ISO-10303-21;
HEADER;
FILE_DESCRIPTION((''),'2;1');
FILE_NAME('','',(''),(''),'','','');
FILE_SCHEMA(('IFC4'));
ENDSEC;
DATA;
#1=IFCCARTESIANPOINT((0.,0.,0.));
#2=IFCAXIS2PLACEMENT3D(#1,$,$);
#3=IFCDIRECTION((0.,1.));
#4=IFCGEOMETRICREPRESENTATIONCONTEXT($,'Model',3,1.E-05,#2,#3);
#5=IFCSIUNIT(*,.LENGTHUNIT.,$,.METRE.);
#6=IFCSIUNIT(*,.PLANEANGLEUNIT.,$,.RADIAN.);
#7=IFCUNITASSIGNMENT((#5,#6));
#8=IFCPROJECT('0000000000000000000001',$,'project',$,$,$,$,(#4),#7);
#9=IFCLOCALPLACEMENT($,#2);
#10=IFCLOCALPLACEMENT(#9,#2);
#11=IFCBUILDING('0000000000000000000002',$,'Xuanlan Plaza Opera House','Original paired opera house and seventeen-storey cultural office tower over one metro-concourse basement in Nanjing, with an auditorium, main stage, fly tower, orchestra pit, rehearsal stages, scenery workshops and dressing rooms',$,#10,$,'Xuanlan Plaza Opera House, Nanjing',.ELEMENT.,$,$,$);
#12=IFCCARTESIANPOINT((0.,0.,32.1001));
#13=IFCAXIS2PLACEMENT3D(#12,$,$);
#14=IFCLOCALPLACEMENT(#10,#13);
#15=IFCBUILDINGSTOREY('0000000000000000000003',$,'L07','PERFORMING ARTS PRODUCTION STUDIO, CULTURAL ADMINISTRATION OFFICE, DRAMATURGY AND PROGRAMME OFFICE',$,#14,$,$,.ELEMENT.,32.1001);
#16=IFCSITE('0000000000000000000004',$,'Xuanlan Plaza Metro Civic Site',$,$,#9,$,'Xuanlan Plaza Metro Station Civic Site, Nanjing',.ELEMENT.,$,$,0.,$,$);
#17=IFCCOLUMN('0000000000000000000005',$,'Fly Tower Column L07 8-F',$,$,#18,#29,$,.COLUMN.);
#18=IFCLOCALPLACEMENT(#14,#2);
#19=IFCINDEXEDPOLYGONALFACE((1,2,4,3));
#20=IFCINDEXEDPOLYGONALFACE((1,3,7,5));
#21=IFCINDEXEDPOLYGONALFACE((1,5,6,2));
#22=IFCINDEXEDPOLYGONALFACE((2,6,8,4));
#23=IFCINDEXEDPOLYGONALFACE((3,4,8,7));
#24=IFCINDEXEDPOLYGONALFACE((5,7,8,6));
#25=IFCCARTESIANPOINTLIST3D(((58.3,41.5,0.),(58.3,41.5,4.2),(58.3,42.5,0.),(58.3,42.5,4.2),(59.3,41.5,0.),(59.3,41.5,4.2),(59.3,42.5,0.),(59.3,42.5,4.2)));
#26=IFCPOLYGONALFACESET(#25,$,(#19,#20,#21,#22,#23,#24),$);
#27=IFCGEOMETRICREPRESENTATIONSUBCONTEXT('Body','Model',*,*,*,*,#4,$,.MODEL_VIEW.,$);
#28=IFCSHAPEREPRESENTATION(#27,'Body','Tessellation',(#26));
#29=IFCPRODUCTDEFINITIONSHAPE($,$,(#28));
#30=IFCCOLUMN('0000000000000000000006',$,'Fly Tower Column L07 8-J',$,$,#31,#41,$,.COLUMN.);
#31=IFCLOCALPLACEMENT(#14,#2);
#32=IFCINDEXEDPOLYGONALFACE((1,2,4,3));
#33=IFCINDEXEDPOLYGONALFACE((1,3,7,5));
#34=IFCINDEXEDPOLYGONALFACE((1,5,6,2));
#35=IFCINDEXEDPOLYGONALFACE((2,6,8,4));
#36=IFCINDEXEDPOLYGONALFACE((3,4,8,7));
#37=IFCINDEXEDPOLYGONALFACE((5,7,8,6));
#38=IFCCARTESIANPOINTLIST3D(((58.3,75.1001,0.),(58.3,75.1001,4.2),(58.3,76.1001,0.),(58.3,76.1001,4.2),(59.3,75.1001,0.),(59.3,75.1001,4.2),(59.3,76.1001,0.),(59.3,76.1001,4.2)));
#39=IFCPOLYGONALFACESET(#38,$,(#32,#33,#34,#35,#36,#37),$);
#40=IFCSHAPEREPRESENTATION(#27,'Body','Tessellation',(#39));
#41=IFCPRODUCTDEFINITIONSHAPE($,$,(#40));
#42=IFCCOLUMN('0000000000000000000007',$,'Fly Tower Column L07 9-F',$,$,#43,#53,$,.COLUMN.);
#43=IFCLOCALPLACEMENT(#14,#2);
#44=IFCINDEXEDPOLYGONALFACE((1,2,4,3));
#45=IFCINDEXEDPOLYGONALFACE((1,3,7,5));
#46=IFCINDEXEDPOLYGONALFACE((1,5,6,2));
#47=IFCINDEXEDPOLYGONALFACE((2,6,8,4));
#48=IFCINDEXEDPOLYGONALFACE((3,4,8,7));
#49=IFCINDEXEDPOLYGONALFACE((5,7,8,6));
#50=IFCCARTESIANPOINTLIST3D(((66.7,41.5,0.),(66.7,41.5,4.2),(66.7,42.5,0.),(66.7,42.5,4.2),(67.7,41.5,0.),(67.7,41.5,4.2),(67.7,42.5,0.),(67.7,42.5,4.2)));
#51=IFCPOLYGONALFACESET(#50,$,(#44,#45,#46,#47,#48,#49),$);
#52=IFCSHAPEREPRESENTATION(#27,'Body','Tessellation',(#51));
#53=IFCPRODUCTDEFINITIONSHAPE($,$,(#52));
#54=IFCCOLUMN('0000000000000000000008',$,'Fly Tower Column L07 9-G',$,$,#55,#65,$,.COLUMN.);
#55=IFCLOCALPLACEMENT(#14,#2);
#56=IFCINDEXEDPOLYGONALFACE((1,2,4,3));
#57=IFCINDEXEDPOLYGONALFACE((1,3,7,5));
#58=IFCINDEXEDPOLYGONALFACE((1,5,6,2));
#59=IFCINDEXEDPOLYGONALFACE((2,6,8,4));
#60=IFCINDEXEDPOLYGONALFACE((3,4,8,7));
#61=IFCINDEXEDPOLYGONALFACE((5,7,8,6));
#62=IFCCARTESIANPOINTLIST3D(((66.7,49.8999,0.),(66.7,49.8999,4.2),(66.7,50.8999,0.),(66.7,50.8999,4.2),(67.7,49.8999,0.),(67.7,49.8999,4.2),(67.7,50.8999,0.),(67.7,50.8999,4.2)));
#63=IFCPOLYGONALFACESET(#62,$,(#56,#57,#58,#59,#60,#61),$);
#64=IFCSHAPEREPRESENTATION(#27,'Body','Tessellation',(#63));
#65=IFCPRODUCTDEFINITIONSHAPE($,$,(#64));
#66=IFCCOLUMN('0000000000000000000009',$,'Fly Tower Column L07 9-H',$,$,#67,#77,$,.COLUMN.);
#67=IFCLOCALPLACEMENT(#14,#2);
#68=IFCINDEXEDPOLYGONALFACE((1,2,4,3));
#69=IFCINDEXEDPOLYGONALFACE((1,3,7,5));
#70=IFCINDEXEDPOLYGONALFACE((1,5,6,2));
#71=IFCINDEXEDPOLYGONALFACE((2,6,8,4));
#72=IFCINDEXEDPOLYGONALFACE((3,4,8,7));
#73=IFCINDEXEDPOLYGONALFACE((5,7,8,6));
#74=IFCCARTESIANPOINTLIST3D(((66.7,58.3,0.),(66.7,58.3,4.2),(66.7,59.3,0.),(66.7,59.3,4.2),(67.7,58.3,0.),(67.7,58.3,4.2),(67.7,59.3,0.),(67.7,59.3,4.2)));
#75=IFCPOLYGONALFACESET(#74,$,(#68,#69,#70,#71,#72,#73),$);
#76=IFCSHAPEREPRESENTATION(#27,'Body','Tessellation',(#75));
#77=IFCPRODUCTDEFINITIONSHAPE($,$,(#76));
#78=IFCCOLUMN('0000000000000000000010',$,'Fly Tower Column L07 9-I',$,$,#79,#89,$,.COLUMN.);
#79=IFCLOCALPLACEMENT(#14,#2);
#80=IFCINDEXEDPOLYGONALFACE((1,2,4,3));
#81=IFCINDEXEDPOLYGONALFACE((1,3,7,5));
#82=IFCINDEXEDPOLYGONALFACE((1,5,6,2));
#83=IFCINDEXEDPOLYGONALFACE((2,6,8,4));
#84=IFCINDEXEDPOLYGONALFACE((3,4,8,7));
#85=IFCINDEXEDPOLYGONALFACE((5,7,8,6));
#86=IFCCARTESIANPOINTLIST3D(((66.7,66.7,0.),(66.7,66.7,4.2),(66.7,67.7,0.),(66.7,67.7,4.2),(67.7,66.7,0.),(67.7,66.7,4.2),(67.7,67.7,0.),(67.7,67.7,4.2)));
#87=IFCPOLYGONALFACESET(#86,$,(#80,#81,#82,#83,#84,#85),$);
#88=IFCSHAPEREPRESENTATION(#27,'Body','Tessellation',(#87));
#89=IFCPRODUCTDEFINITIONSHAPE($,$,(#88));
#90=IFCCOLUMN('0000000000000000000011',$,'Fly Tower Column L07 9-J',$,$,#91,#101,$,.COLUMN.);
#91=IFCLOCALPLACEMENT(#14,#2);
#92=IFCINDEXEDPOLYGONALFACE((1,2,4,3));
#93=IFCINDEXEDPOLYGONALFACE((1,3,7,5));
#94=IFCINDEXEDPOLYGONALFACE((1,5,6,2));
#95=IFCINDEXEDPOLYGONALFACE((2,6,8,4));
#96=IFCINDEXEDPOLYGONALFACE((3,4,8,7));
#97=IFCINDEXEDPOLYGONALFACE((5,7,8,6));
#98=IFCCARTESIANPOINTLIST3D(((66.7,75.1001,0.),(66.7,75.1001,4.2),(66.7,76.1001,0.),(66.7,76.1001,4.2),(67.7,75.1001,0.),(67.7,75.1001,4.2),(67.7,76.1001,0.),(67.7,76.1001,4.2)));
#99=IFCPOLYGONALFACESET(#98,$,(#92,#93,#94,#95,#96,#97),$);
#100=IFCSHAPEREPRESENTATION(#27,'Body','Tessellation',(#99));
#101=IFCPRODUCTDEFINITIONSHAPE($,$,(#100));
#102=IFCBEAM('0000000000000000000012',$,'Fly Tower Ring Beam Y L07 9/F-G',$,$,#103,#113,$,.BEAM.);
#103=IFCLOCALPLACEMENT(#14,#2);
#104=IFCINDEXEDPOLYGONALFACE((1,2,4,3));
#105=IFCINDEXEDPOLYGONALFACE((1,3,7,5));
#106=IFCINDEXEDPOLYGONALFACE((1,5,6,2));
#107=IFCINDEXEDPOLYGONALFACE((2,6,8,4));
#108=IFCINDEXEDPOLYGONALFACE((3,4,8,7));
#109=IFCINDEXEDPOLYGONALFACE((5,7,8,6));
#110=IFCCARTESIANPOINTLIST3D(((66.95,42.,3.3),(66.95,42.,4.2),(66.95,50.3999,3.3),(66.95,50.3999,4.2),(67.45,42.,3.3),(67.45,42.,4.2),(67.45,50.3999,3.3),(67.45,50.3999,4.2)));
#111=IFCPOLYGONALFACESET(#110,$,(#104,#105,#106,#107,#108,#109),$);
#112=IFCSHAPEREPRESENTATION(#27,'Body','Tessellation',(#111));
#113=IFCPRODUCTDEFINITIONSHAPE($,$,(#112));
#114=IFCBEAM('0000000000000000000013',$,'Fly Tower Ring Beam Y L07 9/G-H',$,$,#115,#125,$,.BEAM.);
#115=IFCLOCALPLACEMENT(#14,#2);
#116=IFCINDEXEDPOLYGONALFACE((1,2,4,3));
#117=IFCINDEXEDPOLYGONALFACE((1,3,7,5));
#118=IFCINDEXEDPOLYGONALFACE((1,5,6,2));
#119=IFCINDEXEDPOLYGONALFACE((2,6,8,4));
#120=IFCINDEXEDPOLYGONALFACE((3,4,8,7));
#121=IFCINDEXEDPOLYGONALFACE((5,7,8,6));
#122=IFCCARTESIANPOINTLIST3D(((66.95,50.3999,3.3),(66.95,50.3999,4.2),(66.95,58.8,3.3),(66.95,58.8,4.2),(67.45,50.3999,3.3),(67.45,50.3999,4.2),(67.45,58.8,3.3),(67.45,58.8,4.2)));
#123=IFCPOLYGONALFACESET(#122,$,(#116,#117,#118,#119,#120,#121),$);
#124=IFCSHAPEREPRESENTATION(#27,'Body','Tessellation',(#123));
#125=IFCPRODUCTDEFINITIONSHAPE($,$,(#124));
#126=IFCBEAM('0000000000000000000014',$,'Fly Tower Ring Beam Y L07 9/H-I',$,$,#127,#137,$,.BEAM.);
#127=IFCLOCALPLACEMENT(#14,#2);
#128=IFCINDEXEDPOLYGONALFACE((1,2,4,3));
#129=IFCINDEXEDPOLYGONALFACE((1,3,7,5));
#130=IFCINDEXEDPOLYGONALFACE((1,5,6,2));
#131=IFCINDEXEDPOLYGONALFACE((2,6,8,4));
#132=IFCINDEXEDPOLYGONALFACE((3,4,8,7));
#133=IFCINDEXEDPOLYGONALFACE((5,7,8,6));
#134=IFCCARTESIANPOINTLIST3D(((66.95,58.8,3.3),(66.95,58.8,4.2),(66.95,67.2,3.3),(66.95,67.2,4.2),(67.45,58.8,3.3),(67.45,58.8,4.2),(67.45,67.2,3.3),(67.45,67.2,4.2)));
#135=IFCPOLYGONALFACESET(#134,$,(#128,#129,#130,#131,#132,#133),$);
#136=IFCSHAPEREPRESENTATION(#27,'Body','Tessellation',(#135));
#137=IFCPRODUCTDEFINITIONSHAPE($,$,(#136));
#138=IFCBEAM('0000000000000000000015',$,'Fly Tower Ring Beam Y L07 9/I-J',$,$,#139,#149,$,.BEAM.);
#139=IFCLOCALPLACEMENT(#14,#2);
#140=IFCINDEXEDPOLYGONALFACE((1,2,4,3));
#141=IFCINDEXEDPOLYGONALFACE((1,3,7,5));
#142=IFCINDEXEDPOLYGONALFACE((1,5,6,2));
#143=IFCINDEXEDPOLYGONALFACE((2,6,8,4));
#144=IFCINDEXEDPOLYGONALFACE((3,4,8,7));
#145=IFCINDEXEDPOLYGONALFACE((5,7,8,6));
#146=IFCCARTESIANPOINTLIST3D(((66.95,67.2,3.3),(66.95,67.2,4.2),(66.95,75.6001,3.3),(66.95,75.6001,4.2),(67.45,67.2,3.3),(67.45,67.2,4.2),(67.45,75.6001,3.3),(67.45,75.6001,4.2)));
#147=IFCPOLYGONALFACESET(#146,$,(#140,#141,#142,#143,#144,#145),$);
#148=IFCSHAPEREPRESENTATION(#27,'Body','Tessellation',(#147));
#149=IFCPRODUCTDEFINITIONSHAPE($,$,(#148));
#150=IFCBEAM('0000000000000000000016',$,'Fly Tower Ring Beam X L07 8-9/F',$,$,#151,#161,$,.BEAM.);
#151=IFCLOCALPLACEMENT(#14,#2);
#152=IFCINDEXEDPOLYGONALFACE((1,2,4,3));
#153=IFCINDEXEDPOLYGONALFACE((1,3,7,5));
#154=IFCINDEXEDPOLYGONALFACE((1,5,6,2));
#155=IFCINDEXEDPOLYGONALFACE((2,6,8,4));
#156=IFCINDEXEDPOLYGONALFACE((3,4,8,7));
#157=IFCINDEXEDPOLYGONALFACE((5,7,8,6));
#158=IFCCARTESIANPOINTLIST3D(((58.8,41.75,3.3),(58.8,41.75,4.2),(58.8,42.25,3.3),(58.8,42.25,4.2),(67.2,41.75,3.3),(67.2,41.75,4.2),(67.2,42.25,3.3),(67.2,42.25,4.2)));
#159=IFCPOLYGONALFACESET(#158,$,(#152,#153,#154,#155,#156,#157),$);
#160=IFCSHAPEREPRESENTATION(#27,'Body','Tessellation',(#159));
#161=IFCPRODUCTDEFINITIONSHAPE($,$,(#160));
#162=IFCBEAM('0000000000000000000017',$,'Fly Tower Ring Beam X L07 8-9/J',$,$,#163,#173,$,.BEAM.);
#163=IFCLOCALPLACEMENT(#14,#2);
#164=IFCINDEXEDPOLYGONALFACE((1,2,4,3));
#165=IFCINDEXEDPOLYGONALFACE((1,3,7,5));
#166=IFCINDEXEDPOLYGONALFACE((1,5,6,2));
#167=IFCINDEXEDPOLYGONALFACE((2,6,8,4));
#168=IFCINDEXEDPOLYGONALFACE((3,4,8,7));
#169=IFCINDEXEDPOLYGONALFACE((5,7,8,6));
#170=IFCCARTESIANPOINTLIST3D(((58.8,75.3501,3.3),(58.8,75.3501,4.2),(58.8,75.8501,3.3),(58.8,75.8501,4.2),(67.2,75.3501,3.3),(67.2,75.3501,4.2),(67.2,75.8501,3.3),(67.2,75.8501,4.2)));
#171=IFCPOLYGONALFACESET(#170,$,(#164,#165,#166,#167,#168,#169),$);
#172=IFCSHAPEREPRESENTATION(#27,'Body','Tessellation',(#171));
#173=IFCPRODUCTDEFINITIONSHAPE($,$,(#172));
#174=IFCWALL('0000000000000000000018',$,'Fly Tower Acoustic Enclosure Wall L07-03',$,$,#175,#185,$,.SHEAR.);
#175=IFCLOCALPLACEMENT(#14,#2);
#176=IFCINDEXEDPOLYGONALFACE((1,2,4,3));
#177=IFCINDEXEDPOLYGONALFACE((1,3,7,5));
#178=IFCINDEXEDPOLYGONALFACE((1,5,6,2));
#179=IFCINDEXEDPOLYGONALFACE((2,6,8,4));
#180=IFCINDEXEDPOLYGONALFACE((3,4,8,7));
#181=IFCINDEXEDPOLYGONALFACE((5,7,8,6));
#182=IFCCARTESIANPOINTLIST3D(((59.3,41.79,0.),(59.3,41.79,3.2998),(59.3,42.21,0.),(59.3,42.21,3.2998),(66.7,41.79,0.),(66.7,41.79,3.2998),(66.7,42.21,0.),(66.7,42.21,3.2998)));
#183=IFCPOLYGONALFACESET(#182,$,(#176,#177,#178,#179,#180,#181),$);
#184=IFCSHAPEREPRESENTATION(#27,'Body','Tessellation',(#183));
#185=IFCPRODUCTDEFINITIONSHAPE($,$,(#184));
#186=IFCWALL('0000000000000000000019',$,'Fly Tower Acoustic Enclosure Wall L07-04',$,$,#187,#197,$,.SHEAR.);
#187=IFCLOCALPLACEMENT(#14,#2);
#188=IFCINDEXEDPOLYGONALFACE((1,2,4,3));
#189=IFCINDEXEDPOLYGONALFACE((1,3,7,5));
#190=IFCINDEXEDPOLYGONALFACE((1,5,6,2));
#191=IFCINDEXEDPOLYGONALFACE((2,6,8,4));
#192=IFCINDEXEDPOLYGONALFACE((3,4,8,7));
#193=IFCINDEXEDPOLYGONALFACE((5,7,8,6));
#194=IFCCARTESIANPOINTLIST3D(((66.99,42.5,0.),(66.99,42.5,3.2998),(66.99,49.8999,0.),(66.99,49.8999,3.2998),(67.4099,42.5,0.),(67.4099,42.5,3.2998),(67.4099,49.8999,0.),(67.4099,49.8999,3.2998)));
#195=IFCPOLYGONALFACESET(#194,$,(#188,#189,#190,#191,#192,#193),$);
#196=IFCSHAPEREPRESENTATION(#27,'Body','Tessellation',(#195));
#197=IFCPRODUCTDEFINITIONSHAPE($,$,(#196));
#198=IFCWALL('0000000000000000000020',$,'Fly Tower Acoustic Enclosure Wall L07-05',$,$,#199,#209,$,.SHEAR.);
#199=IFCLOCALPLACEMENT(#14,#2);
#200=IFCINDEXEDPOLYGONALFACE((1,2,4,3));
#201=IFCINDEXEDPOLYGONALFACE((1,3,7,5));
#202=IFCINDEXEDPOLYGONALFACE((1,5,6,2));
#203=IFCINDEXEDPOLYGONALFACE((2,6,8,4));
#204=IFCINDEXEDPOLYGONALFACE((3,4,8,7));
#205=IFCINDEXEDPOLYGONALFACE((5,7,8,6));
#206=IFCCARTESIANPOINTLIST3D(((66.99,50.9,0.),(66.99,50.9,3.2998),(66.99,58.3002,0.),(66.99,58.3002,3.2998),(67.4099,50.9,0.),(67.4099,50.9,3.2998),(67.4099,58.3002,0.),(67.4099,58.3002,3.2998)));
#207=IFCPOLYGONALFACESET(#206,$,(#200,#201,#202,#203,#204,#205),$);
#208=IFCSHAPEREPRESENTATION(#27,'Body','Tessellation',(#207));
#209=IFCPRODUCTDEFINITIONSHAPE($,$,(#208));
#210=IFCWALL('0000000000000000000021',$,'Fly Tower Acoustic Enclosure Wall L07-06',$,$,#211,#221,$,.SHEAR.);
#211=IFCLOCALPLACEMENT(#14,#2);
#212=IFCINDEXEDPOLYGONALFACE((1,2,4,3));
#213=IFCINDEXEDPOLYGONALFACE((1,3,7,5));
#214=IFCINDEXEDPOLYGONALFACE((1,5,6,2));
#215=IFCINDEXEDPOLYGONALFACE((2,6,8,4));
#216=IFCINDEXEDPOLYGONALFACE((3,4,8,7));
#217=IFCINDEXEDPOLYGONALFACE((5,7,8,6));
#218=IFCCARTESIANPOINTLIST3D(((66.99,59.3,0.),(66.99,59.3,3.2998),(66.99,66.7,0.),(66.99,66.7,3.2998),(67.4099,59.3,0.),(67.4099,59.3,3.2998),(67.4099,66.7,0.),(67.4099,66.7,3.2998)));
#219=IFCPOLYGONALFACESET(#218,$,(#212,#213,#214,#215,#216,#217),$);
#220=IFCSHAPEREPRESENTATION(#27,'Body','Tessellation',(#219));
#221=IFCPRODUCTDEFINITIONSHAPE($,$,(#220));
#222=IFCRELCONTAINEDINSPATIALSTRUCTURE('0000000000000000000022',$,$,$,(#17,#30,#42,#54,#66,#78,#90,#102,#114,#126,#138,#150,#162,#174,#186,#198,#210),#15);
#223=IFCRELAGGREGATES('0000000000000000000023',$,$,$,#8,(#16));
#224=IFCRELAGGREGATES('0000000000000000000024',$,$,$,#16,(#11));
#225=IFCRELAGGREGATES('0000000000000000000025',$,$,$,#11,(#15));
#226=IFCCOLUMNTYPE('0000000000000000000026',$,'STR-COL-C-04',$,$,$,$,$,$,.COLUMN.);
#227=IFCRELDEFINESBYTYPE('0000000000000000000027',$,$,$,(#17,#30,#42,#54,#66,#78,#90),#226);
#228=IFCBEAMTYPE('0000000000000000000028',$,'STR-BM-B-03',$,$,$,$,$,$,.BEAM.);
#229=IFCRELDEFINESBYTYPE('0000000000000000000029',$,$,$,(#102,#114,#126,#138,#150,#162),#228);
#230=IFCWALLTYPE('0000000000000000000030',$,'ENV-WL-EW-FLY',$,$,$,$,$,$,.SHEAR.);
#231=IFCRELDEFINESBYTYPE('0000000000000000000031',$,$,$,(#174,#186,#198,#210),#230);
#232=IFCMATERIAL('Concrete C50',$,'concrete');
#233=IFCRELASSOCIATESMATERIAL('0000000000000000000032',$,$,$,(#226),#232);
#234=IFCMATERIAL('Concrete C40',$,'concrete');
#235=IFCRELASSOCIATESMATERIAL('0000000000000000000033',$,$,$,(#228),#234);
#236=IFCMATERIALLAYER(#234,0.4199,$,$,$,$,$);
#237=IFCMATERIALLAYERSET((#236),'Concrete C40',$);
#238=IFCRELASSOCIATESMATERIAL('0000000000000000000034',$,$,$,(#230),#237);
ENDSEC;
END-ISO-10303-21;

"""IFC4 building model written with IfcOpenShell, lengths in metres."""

from ifc_helpers import new_model, si_unit, direction, frame, frame_2d, origin, origin_2d, place, context, subcontext, project, spatial, rectangle, extrude, material, layer, layer_set, material_profile, profile_set, type_object, element, save


model = new_model("IFC4")

# Units and contexts
model_context = context("Model", 3, precision=1e-05, world=origin(), true_north=direction((0.0, 1.0)))
body_context = subcontext(model_context, "Body", "Model", "MODEL_VIEW")
ifc_project = project(units=[si_unit("LENGTHUNIT", "METRE"), si_unit("PLANEANGLEUNIT", "RADIAN")], contexts=[model_context])

# Site, building, storey
site_placement = place(None, origin())
site = spatial("IfcSite", under=ifc_project, at=site_placement, Name="Xuanlan Plaza Metro Civic Site", LongName="Xuanlan Plaza Metro Station Civic Site, Nanjing", CompositionType="ELEMENT", RefElevation=0.0)
building_placement = place(site_placement, origin())
building = spatial("IfcBuilding", under=site, at=building_placement, Name="Xuanlan Plaza Opera House", Description="Original paired opera house and seventeen-storey cultural office tower over one metro-concourse basement in Nanjing, with an auditorium, main stage, fly tower, orchestra pit, rehearsal stages, scenery workshops and dressing rooms", LongName="Xuanlan Plaza Opera House, Nanjing", CompositionType="ELEMENT")
storey_placement = place(building_placement, frame((0.0, 0.0, 32.1001)))
storey = spatial("IfcBuildingStorey", under=building, at=storey_placement, Name="L07", Description="PERFORMING ARTS PRODUCTION STUDIO, CULTURAL ADMINISTRATION OFFICE, DRAMATURGY AND PROGRAMME OFFICE", CompositionType="ELEMENT", Elevation=32.1001)

# Columns
ifc_material_1 = material(Name="Concrete C50", Category="concrete")
ifc_material_profile_1 = material_profile(ifc_material_1, rectangle(XDim=1.0, YDim=1.0, at=origin_2d()), Name="RC-COL 1000x1000")
ifc_profile_set_1 = profile_set([ifc_material_profile_1], Name="Concrete C50")
column_type = type_object("IfcColumnType", Name="STR-COL-C-04", PredefinedType="COLUMN", material=ifc_profile_set_1)
for number, where, z_axis, x_axis, name in (
    (1, (58.8, 42.0, 0.0), (0.0, 0.0, 1.0), (1.0, 0.0, 0.0), "Fly Tower Column L07 8-F"),
    (2, (58.8, 75.6001, 0.0), (0.0, 0.0, 1.0), (1.0, 0.0, 0.0), "Fly Tower Column L07 8-J"),
    (3, (67.2, 42.0, 0.0), (0.0, 0.0, 1.0), (1.0, 0.0, 0.0), "Fly Tower Column L07 9-F"),
    (4, (67.2, 50.3999, 0.0), (0.0, 0.0, 1.0), (1.0, 0.0, 0.0), "Fly Tower Column L07 9-G"),
    (5, (67.2, 58.8, 0.0), (0.0, 0.0, 1.0), (1.0, 0.0, 0.0), "Fly Tower Column L07 9-H"),
    (6, (67.2, 67.2, 0.0), (0.0, 0.0, 1.0), (1.0, 0.0, 0.0), "Fly Tower Column L07 9-I"),
    (7, (67.2, 75.6001, 0.0), (0.0, 0.0, 1.0), (1.0, 0.0, 0.0), "Fly Tower Column L07 9-J"),
):
    element("IfcColumn", number, at=place(storey_placement, frame(where, z_axis=z_axis, x_axis=x_axis)), inside=storey, type_object=column_type, Name=name, PredefinedType="COLUMN", context=body_context, shape_type="SweptSolid", body=[
        extrude(rectangle(XDim=1.0, YDim=1.0, at=origin_2d()), origin(), (0.0, 0.0, 1.0), 4.2),
    ])

# Beams
ifc_material_2 = material(Name="Concrete C40", Category="concrete")
ifc_material_profile_2 = material_profile(ifc_material_2, rectangle(XDim=0.5, YDim=0.8999, at=origin_2d()), Name="RC-BM 500x900")
ifc_profile_set_2 = profile_set([ifc_material_profile_2], Name="Concrete C40")
beam_type = type_object("IfcBeamType", Name="STR-BM-B-03", PredefinedType="BEAM", material=ifc_profile_set_2)
beam_1_placement = place(storey_placement, frame((67.2, 42.0, 3.75), z_axis=(0.0, 1.0, 0.0), x_axis=(-1.0, 0.0, 0.0)))
element("IfcBeam", 8, at=beam_1_placement, inside=storey, type_object=beam_type, Name="Fly Tower Ring Beam Y L07 9/F-G", PredefinedType="BEAM", context=body_context, shape_type="SweptSolid", body=[
    extrude(rectangle(XDim=0.5, YDim=0.8999, at=origin_2d()), origin(), (0.0, 0.0, 1.0), 8.3999),
])
beam_2_placement = place(storey_placement, frame((67.2, 50.3999, 3.75), z_axis=(0.0, 1.0, 0.0), x_axis=(-1.0, 0.0, 0.0)))
element("IfcBeam", 9, at=beam_2_placement, inside=storey, type_object=beam_type, Name="Fly Tower Ring Beam Y L07 9/G-H", PredefinedType="BEAM", context=body_context, shape_type="SweptSolid", body=[
    extrude(rectangle(XDim=0.5, YDim=0.8999, at=origin_2d()), origin(), (0.0, 0.0, 1.0), 8.4001),
])
beam_3_placement = place(storey_placement, frame((67.2, 58.8, 3.75), z_axis=(0.0, 1.0, 0.0), x_axis=(-1.0, 0.0, 0.0)))
element("IfcBeam", 10, at=beam_3_placement, inside=storey, type_object=beam_type, Name="Fly Tower Ring Beam Y L07 9/H-I", PredefinedType="BEAM", context=body_context, shape_type="SweptSolid", body=[
    extrude(rectangle(XDim=0.5, YDim=0.8999, at=origin_2d()), origin(), (0.0, 0.0, 1.0), 8.3999),
])
beam_4_placement = place(storey_placement, frame((67.2, 67.2, 3.75), z_axis=(0.0, 1.0, 0.0), x_axis=(-1.0, 0.0, 0.0)))
element("IfcBeam", 11, at=beam_4_placement, inside=storey, type_object=beam_type, Name="Fly Tower Ring Beam Y L07 9/I-J", PredefinedType="BEAM", context=body_context, shape_type="SweptSolid", body=[
    extrude(rectangle(XDim=0.5, YDim=0.8999, at=origin_2d()), origin(), (0.0, 0.0, 1.0), 8.4001),
])
for number, where, z_axis, x_axis, name in (
    (12, (58.8, 42.0, 3.75), (1.0, 0.0, 0.0), (0.0, 1.0, 0.0), "Fly Tower Ring Beam X L07 8-9/F"),
    (13, (58.8, 75.6001, 3.75), (1.0, 0.0, 0.0), (0.0, 1.0, 0.0), "Fly Tower Ring Beam X L07 8-9/J"),
):
    element("IfcBeam", number, at=place(storey_placement, frame(where, z_axis=z_axis, x_axis=x_axis)), inside=storey, type_object=beam_type, Name=name, PredefinedType="BEAM", context=body_context, shape_type="SweptSolid", body=[
        extrude(rectangle(XDim=0.5, YDim=0.8999, at=origin_2d()), origin(), (0.0, 0.0, 1.0), 8.3999),
    ])

# Walls
ifc_layer = layer(ifc_material_2, 0.4199)
ifc_layer_set = layer_set([ifc_layer], Name="Concrete C40")
wall_type = type_object("IfcWallType", Name="ENV-WL-EW-FLY", PredefinedType="SHEAR", material=ifc_layer_set)
for number, where, z_axis, x_axis, name in (
    (14, (59.3, 42.0, 0.0), (0.0, 0.0, 1.0), (1.0, 0.0, 0.0), "Fly Tower Acoustic Enclosure Wall L07-03"),
    (15, (67.2, 42.5, 0.0), (0.0, 0.0, 1.0), (0.0, 1.0, 0.0), "Fly Tower Acoustic Enclosure Wall L07-04"),
):
    element("IfcWall", number, at=place(storey_placement, frame(where, z_axis=z_axis, x_axis=x_axis)), inside=storey, type_object=wall_type, Name=name, PredefinedType="SHEAR", context=body_context, shape_type="SweptSolid", body=[
        extrude(rectangle(XDim=7.3999, YDim=0.4199, at=frame_2d((3.7, 0.0))), origin(), (0.0, 0.0, 1.0), 3.2998),
    ])
wall_1_placement = place(storey_placement, frame((67.2, 50.8999, 0.0), z_axis=(0.0, 0.0, 1.0), x_axis=(0.0, 1.0, 0.0)))
element("IfcWall", 16, at=wall_1_placement, inside=storey, type_object=wall_type, Name="Fly Tower Acoustic Enclosure Wall L07-05", PredefinedType="SHEAR", context=body_context, shape_type="SweptSolid", body=[
    extrude(rectangle(XDim=7.4001, YDim=0.4199, at=frame_2d((3.7002, 0.0))), origin(), (0.0, 0.0, 1.0), 3.2998),
])
wall_2_placement = place(storey_placement, frame((67.2, 59.3, 0.0), z_axis=(0.0, 0.0, 1.0), x_axis=(0.0, 1.0, 0.0)))
element("IfcWall", 17, at=wall_2_placement, inside=storey, type_object=wall_type, Name="Fly Tower Acoustic Enclosure Wall L07-06", PredefinedType="SHEAR", context=body_context, shape_type="SweptSolid", body=[
    extrude(rectangle(XDim=7.3999, YDim=0.4199, at=frame_2d((3.7, 0.0))), origin(), (0.0, 0.0, 1.0), 3.2998),
])

save(model, "model.ifc")
